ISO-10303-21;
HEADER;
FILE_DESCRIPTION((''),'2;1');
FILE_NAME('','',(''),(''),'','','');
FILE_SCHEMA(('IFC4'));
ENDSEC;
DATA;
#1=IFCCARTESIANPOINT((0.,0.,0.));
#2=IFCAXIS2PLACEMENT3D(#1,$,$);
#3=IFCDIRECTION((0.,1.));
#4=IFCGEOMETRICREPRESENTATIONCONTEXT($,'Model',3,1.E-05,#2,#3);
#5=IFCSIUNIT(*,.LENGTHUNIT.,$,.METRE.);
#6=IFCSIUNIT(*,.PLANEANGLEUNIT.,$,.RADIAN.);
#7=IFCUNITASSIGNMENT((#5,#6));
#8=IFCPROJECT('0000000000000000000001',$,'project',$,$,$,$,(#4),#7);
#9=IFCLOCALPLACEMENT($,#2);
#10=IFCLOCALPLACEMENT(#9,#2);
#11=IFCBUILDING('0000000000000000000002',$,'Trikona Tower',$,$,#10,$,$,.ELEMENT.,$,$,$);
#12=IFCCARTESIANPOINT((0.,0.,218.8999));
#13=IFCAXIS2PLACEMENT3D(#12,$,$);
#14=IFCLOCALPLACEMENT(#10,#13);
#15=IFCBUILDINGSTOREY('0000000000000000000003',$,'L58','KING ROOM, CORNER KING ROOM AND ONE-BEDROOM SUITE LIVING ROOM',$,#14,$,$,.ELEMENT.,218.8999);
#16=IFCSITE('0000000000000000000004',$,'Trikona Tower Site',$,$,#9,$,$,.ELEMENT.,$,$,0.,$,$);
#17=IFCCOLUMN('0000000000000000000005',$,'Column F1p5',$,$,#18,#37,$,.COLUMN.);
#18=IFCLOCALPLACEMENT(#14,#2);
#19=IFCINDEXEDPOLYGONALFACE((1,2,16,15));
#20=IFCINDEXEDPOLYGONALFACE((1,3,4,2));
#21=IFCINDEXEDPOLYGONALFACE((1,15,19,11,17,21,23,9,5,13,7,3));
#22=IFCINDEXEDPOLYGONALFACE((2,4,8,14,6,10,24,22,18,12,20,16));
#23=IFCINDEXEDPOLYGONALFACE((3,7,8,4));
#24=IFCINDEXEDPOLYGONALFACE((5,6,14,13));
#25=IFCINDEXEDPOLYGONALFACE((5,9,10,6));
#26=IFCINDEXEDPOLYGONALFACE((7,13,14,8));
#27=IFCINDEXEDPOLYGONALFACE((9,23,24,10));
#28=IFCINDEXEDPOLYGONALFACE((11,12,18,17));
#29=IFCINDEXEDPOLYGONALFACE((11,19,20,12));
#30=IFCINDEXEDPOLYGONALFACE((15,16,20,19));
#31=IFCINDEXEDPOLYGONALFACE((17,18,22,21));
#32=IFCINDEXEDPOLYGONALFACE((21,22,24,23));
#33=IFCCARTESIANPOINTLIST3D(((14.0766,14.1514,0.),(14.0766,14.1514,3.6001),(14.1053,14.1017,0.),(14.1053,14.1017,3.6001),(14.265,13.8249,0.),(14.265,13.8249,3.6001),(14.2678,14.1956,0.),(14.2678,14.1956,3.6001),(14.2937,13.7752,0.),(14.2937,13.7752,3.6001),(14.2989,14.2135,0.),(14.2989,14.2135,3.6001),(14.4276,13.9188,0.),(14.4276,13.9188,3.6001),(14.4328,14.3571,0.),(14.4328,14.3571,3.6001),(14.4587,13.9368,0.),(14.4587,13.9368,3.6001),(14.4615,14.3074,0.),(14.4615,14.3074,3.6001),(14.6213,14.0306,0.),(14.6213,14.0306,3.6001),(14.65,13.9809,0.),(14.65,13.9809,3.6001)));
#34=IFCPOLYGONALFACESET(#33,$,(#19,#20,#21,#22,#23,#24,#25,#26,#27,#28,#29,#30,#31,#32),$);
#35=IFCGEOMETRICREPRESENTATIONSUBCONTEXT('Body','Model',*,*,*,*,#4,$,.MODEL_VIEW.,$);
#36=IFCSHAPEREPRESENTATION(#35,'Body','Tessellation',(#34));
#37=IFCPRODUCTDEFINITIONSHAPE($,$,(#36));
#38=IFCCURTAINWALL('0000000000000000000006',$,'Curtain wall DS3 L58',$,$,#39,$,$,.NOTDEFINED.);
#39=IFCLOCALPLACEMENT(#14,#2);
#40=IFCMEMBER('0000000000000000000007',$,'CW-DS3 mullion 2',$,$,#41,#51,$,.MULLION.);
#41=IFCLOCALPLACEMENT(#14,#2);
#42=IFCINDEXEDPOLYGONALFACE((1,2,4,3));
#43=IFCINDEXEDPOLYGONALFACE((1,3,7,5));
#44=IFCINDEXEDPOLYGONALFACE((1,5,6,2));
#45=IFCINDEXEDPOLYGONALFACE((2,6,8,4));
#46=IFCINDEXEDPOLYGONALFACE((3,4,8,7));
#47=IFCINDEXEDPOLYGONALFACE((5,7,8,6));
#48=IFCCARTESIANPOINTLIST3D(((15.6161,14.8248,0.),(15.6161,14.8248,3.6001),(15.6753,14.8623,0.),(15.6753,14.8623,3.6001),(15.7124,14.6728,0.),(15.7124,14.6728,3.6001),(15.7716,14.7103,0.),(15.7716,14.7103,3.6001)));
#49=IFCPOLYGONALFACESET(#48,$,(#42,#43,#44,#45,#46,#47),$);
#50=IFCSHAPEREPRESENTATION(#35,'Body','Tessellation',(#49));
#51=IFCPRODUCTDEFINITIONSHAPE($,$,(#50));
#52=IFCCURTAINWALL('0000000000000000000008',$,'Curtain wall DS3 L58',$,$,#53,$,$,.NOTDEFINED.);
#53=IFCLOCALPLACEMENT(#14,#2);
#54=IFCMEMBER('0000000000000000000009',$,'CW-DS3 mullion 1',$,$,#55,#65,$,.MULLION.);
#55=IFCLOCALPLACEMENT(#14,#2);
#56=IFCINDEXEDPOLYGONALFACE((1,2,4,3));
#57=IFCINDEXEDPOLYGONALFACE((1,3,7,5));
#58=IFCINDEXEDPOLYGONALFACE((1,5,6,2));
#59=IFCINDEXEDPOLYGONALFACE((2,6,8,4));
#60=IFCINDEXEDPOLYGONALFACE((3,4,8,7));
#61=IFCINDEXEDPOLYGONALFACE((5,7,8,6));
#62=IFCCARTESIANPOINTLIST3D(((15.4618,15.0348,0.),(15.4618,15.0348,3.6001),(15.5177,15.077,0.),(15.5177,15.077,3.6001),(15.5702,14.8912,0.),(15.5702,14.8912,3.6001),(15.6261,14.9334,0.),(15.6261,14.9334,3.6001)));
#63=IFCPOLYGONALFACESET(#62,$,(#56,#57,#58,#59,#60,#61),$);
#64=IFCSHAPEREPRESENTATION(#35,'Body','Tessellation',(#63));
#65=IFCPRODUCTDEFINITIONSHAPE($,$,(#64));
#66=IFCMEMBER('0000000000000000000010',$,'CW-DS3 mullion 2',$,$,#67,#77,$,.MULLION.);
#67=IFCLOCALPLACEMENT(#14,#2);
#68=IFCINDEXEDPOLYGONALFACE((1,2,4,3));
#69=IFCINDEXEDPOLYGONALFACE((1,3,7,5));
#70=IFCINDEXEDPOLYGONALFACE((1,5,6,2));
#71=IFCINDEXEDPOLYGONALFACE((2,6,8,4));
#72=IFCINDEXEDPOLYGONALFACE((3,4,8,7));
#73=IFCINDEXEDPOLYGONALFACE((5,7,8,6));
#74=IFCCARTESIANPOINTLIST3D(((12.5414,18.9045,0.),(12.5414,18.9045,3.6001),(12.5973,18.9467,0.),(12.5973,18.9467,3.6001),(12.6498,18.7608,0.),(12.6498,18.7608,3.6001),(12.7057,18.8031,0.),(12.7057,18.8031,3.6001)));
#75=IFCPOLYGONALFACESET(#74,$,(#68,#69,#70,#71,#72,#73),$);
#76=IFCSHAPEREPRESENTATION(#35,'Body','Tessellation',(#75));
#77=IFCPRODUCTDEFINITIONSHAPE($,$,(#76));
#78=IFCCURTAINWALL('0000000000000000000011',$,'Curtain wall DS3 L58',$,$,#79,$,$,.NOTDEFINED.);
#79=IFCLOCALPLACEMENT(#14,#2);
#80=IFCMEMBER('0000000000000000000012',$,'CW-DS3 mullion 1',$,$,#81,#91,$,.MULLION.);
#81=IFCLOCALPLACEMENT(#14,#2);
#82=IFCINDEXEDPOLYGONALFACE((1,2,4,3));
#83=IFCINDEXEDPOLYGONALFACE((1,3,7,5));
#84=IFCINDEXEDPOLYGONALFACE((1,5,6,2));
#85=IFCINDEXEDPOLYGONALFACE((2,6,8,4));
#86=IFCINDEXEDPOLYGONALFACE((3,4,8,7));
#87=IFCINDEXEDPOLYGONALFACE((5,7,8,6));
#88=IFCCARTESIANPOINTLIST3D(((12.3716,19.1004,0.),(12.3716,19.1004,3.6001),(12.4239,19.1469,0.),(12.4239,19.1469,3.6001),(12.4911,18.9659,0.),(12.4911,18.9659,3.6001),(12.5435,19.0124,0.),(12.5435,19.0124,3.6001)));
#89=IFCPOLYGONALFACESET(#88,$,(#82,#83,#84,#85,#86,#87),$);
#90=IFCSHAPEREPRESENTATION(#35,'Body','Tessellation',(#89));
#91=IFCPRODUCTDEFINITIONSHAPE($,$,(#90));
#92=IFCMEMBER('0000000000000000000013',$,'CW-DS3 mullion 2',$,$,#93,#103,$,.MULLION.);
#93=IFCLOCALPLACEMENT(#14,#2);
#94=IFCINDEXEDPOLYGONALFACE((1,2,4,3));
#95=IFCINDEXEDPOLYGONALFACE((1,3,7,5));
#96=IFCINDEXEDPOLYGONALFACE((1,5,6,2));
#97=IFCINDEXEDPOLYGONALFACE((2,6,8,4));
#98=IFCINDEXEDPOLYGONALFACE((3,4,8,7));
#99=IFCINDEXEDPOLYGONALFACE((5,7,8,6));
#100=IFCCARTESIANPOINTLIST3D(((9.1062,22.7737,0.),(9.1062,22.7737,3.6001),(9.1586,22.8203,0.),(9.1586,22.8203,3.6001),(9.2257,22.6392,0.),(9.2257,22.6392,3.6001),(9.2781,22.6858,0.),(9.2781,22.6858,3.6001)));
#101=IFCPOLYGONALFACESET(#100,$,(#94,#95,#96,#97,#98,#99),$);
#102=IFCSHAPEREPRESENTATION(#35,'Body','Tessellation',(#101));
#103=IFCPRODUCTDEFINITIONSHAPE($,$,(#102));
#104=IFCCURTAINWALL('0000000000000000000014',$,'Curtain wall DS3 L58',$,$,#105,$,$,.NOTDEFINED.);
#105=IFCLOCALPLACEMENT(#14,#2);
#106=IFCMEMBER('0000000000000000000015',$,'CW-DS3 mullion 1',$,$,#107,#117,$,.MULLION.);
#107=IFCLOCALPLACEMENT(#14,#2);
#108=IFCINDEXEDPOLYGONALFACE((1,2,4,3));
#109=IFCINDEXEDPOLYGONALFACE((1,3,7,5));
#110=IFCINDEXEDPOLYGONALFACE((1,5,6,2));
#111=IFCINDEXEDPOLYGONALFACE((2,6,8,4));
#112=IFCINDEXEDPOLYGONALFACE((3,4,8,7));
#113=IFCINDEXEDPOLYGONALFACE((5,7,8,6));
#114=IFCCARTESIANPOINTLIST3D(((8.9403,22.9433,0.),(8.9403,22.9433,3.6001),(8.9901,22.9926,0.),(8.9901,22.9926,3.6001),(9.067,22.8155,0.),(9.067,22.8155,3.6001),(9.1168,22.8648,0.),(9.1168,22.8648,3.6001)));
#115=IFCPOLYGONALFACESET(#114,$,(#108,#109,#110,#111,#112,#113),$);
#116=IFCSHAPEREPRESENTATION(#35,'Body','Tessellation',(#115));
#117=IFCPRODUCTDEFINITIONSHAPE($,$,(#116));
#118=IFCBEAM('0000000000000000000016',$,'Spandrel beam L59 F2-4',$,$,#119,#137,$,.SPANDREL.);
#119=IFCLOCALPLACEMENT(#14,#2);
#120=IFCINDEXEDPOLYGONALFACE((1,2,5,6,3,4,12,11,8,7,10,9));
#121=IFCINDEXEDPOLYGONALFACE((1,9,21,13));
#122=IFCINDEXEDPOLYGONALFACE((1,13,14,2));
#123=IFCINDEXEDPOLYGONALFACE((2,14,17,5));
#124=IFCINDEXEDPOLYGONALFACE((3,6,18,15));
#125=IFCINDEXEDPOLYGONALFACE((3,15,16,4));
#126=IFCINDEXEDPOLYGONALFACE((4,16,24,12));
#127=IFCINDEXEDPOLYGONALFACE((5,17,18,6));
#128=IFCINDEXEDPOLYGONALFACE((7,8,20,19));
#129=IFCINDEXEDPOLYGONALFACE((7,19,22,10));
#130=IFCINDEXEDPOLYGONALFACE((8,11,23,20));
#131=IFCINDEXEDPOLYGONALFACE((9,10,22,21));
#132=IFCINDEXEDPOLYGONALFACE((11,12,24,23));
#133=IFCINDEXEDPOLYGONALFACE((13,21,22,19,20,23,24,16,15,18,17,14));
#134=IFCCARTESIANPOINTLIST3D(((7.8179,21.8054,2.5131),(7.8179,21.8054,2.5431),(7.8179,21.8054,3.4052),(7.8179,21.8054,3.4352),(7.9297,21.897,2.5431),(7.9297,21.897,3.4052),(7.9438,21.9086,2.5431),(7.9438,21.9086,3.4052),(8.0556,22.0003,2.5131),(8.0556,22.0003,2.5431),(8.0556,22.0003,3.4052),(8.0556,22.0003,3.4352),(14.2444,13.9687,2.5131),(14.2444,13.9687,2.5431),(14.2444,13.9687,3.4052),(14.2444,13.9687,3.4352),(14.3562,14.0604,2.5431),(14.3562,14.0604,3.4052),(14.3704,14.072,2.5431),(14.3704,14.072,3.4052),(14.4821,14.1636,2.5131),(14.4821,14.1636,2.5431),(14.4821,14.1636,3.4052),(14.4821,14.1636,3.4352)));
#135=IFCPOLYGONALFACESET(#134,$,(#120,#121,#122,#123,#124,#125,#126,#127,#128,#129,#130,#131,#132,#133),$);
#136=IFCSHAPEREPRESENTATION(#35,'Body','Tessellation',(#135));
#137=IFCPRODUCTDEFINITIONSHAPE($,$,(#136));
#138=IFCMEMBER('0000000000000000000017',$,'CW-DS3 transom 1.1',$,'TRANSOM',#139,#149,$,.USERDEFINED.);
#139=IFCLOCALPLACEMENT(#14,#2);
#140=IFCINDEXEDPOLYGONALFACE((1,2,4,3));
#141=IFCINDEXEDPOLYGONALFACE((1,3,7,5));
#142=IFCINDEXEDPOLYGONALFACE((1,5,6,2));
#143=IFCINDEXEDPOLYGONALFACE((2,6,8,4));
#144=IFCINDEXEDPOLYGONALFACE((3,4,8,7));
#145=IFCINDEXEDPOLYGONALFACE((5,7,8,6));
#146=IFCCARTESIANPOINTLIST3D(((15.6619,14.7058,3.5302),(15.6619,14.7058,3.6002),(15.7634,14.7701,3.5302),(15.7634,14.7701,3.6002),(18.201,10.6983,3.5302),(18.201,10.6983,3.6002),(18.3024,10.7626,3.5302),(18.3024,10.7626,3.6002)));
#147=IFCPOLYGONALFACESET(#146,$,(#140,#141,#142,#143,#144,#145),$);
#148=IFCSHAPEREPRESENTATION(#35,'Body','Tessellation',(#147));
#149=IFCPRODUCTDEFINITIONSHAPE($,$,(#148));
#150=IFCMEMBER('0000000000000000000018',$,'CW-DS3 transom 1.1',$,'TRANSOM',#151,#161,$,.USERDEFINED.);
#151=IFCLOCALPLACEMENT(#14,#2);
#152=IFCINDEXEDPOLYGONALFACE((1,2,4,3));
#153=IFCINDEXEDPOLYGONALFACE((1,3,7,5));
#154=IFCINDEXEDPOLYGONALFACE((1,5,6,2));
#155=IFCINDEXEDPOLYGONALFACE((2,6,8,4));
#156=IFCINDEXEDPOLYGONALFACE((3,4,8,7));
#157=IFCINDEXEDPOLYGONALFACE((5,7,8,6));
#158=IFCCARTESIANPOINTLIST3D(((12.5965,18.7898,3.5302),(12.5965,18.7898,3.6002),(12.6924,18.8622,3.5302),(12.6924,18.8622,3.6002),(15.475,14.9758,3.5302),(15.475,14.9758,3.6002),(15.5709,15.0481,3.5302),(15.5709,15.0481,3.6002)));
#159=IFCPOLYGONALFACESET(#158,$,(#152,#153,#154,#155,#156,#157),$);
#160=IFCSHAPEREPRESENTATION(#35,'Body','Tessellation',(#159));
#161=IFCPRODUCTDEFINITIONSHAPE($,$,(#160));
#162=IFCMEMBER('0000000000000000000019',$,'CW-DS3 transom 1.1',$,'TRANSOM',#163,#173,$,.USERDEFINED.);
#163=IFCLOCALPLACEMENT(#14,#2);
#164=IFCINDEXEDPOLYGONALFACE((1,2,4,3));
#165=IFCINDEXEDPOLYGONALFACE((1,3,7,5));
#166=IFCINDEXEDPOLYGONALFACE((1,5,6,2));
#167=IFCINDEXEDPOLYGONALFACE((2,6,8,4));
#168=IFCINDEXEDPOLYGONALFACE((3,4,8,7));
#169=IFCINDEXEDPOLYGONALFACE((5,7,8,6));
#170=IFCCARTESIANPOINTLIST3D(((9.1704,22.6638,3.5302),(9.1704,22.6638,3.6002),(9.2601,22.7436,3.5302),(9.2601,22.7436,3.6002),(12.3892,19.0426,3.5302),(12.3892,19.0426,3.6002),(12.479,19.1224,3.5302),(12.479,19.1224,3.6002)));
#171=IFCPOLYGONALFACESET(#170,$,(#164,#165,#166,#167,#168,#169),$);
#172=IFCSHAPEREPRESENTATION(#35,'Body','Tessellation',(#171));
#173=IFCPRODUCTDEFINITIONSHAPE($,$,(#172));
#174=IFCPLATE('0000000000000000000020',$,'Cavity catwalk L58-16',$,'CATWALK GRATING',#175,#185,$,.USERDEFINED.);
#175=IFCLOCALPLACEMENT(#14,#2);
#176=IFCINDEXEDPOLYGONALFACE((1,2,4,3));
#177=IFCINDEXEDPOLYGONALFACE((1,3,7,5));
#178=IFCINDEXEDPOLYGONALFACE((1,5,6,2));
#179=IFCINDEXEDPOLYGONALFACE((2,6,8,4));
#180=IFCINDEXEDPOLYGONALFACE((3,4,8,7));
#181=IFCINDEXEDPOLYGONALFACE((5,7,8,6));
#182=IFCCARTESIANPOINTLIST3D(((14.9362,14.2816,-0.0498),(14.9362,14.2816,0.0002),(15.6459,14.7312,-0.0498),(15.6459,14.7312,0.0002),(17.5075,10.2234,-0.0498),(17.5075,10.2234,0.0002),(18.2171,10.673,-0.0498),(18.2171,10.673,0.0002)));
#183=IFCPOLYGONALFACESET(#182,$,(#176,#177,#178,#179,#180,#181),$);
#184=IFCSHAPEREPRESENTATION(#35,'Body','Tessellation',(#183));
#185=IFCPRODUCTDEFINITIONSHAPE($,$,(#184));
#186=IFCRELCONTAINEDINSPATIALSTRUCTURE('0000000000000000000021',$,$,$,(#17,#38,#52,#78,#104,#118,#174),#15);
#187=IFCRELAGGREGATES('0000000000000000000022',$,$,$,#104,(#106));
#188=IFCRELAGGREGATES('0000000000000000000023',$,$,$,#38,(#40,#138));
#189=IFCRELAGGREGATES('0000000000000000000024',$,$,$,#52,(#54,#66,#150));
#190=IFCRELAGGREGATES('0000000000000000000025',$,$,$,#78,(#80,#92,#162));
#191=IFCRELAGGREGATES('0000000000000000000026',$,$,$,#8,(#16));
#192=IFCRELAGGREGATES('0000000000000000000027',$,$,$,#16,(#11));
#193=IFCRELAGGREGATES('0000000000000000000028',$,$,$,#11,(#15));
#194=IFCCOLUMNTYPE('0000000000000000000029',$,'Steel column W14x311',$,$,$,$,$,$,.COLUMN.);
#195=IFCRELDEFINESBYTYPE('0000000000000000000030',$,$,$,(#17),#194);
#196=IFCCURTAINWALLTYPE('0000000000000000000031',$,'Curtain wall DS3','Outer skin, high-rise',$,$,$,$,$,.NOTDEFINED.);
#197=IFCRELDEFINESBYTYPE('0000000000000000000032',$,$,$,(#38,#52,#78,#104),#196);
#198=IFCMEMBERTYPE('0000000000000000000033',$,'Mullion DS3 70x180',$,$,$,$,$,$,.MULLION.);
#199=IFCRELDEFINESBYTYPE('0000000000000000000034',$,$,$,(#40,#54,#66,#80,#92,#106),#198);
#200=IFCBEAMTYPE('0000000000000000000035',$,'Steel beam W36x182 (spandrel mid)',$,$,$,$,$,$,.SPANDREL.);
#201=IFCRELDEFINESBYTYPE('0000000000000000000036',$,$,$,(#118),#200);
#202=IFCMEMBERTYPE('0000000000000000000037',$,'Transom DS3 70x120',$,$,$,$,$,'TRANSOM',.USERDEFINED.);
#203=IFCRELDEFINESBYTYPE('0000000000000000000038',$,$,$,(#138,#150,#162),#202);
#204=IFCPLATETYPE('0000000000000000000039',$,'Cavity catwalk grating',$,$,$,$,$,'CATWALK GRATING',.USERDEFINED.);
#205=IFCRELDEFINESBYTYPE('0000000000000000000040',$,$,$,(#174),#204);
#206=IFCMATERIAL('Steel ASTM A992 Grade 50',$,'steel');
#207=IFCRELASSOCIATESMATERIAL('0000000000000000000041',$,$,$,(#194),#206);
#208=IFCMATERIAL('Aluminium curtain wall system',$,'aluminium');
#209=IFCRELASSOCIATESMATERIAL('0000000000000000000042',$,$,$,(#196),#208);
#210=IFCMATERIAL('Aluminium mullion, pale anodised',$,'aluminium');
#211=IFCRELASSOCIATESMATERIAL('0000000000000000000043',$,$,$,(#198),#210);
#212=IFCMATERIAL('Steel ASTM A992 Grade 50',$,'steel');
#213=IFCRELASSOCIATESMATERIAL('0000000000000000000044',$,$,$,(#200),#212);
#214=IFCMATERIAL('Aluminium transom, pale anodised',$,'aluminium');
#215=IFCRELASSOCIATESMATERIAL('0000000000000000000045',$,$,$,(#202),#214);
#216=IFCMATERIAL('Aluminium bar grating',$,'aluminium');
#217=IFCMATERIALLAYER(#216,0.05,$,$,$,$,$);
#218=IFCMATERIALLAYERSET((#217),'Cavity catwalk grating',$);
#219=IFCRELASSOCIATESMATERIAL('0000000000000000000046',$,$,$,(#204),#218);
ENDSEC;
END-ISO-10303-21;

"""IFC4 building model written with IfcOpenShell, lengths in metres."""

from ifc_helpers import new_model, si_unit, direction, frame, origin, origin_2d, place, context, subcontext, project, spatial, rectangle, i_section, extrude, material, layer, layer_set, material_profile, profile_set, type_object, element, aggregate, save


model = new_model("IFC4")

# Units and contexts
model_context = context("Model", 3, precision=1e-05, world=origin(), true_north=direction((0.0, 1.0)))
body_context = subcontext(model_context, "Body", "Model", "MODEL_VIEW")
ifc_project = project(units=[si_unit("LENGTHUNIT", "METRE"), si_unit("PLANEANGLEUNIT", "RADIAN")], contexts=[model_context])

# Site, building, storey
site_placement = place(None, origin())
site = spatial("IfcSite", under=ifc_project, at=site_placement, Name="Trikona Tower Site", CompositionType="ELEMENT", RefElevation=0.0)
building_placement = place(site_placement, origin())
building = spatial("IfcBuilding", under=site, at=building_placement, Name="Trikona Tower", CompositionType="ELEMENT")
storey_placement = place(building_placement, frame((0.0, 0.0, 218.8999)))
storey = spatial("IfcBuildingStorey", under=building, at=storey_placement, Name="L58", Description="KING ROOM, CORNER KING ROOM AND ONE-BEDROOM SUITE LIVING ROOM", CompositionType="ELEMENT", Elevation=218.8999)

# Column
ifc_material_1 = material(Name="Steel ASTM A992 Grade 50", Category="steel")
ifc_material_profile_1 = material_profile(ifc_material_1, i_section(OverallWidth=0.4114, OverallDepth=0.4343, WebThickness=0.0359, FlangeThickness=0.0574, at=origin_2d()), Name="W14X311")
ifc_profile_set_1 = profile_set([ifc_material_profile_1], Name="Steel ASTM A992 Grade 50")
column_type = type_object("IfcColumnType", Name="Steel column W14x311", PredefinedType="COLUMN", material=ifc_profile_set_1)
column_placement = place(storey_placement, frame((14.3633, 14.0662, 0.0), z_axis=(0.0, 0.0, 1.0), x_axis=(0.866025, 0.5, 0.0)))
element("IfcColumn", 1, at=column_placement, inside=storey, type_object=column_type, Name="Column F1p5", PredefinedType="COLUMN", context=body_context, shape_type="SweptSolid", body=[
    extrude(i_section(OverallWidth=0.4114, OverallDepth=0.4343, WebThickness=0.0359, FlangeThickness=0.0574, at=origin_2d()), origin(), (0.0, 0.0, 1.0), 3.6001),
])

# Curtain wall, member
ifc_material_2 = material(Name="Aluminium curtain wall system", Category="aluminium")
curtain_wall_type = type_object("IfcCurtainWallType", Name="Curtain wall DS3", Description="Outer skin, high-rise", PredefinedType="NOTDEFINED", material=ifc_material_2)
curtain_wall_1_placement = place(storey_placement, origin())
curtain_wall_1 = element("IfcCurtainWall", 2, at=curtain_wall_1_placement, inside=storey, type_object=curtain_wall_type, Name="Curtain wall DS3 L58", PredefinedType="NOTDEFINED")
ifc_material_3 = material(Name="Aluminium mullion, pale anodised", Category="aluminium")
ifc_material_profile_2 = material_profile(ifc_material_3, rectangle(XDim=0.0701, YDim=0.1799, at=origin_2d()), Name="MUL-DS3")
ifc_profile_set_2 = profile_set([ifc_material_profile_2], Name="Aluminium mullion, pale anodised")
member_type_1 = type_object("IfcMemberType", Name="Mullion DS3 70x180", PredefinedType="MULLION", material=ifc_profile_set_2)
member_1_placement = place(storey_placement, frame((15.6938, 14.7676, 0.0), z_axis=(0.0, 0.0, 1.0), x_axis=(-0.844727, -0.535197, 0.0)))
member_1 = element("IfcMember", 3, at=member_1_placement, type_object=member_type_1, Name="CW-DS3 mullion 2", PredefinedType="MULLION", context=body_context, shape_type="SweptSolid", body=[
    extrude(rectangle(XDim=0.0701, YDim=0.1799, at=origin_2d()), origin(), (0.0, 0.0, 1.0), 3.6001),
])

# Curtain walls, members
curtain_wall_2_placement = place(storey_placement, origin())
curtain_wall_2 = element("IfcCurtainWall", 4, at=curtain_wall_2_placement, inside=storey, type_object=curtain_wall_type, Name="Curtain wall DS3 L58", PredefinedType="NOTDEFINED")
member_2_placement = place(storey_placement, frame((15.5439, 14.9841, 0.0), z_axis=(0.0, 0.0, 1.0), x_axis=(-0.798193, -0.602402, 0.0)))
member_2 = element("IfcMember", 5, at=member_2_placement, type_object=member_type_1, Name="CW-DS3 mullion 1", PredefinedType="MULLION", context=body_context, shape_type="SweptSolid", body=[
    extrude(rectangle(XDim=0.0701, YDim=0.1799, at=origin_2d()), origin(), (0.0, 0.0, 1.0), 3.6001),
])
member_3_placement = place(storey_placement, frame((12.6235, 18.8538, 0.0), z_axis=(0.0, 0.0, 1.0), x_axis=(-0.798193, -0.602402, 0.0)))
member_3 = element("IfcMember", 6, at=member_3_placement, type_object=member_type_1, Name="CW-DS3 mullion 2", PredefinedType="MULLION", context=body_context, shape_type="SweptSolid", body=[
    extrude(rectangle(XDim=0.0701, YDim=0.1799, at=origin_2d()), origin(), (0.0, 0.0, 1.0), 3.6001),
])
curtain_wall_3_placement = place(storey_placement, origin())
curtain_wall_3 = element("IfcCurtainWall", 7, at=curtain_wall_3_placement, inside=storey, type_object=curtain_wall_type, Name="Curtain wall DS3 L58", PredefinedType="NOTDEFINED")
member_4_placement = place(storey_placement, frame((12.4575, 19.0564, 0.0), z_axis=(0.0, 0.0, 1.0), x_axis=(-0.747403, -0.664371, 0.0)))
member_4 = element("IfcMember", 8, at=member_4_placement, type_object=member_type_1, Name="CW-DS3 mullion 1", PredefinedType="MULLION", context=body_context, shape_type="SweptSolid", body=[
    extrude(rectangle(XDim=0.0701, YDim=0.1799, at=origin_2d()), origin(), (0.0, 0.0, 1.0), 3.6001),
])
member_5_placement = place(storey_placement, frame((9.1921, 22.7297, 0.0), z_axis=(0.0, 0.0, 1.0), x_axis=(-0.747403, -0.664371, 0.0)))
member_5 = element("IfcMember", 9, at=member_5_placement, type_object=member_type_1, Name="CW-DS3 mullion 2", PredefinedType="MULLION", context=body_context, shape_type="SweptSolid", body=[
    extrude(rectangle(XDim=0.0701, YDim=0.1799, at=origin_2d()), origin(), (0.0, 0.0, 1.0), 3.6001),
])

# Curtain wall, member
curtain_wall_4_placement = place(storey_placement, origin())
curtain_wall_4 = element("IfcCurtainWall", 10, at=curtain_wall_4_placement, inside=storey, type_object=curtain_wall_type, Name="Curtain wall DS3 L58", PredefinedType="NOTDEFINED")
member_6_placement = place(storey_placement, frame((9.0286, 22.9041, 0.0), z_axis=(0.0, 0.0, 1.0), x_axis=(-0.710052, -0.704149, 0.0)))
member_6 = element("IfcMember", 11, at=member_6_placement, type_object=member_type_1, Name="CW-DS3 mullion 1", PredefinedType="MULLION", context=body_context, shape_type="SweptSolid", body=[
    extrude(rectangle(XDim=0.0701, YDim=0.1799, at=origin_2d()), origin(), (0.0, 0.0, 1.0), 3.6001),
])
aggregate(curtain_wall_4, [member_6])

# Beam
ifc_material_4 = material(Name="Steel ASTM A992 Grade 50", Category="steel")
ifc_material_profile_3 = material_profile(ifc_material_4, i_section(OverallWidth=0.3074, OverallDepth=0.9221, WebThickness=0.0183, FlangeThickness=0.03, at=origin_2d()), Name="W36X182")
ifc_profile_set_3 = profile_set([ifc_material_profile_3], Name="Steel ASTM A992 Grade 50")
beam_type = type_object("IfcBeamType", Name="Steel beam W36x182 (spandrel mid)", PredefinedType="SPANDREL", material=ifc_profile_set_3)
beam_placement = place(storey_placement, frame((14.3633, 14.0662, 2.9741), z_axis=(-0.634106, 0.773246, 0.0), x_axis=(-0.773246, -0.634106, 0.0)))
element("IfcBeam", 12, at=beam_placement, inside=storey, type_object=beam_type, Name="Spandrel beam L59 F2-4", PredefinedType="SPANDREL", context=body_context, shape_type="SweptSolid", body=[
    extrude(i_section(OverallWidth=0.3074, OverallDepth=0.9221, WebThickness=0.0183, FlangeThickness=0.03, at=origin_2d()), origin(), (0.0, 0.0, 1.0), 10.1348),
])

# Members
ifc_material_5 = material(Name="Aluminium transom, pale anodised", Category="aluminium")
ifc_material_profile_4 = material_profile(ifc_material_5, rectangle(XDim=0.1201, YDim=0.0701, at=origin_2d()), Name="TRN-DS3")
ifc_profile_set_4 = profile_set([ifc_material_profile_4], Name="Aluminium transom, pale anodised")
member_type_2 = type_object("IfcMemberType", Name="Transom DS3 70x120", ElementType="TRANSOM", PredefinedType="USERDEFINED", material=ifc_profile_set_4)
member_7_placement = place(storey_placement, frame((18.2517, 10.7305, 3.5652), z_axis=(-0.535193, 0.84473, 0.0), x_axis=(-0.84473, -0.535193, 0.0)))
member_7 = element("IfcMember", 13, at=member_7_placement, type_object=member_type_2, Name="CW-DS3 transom 1.1", ObjectType="TRANSOM", PredefinedType="USERDEFINED", context=body_context, shape_type="SweptSolid", body=[
    extrude(rectangle(XDim=0.1201, YDim=0.0701, at=origin_2d()), origin(), (0.0, 0.0, 1.0), 4.7441),
])
member_8_placement = place(storey_placement, frame((15.5229, 15.012, 3.5652), z_axis=(-0.602401, 0.798194, 0.0), x_axis=(-0.798194, -0.602401, 0.0)))
member_8 = element("IfcMember", 14, at=member_8_placement, type_object=member_type_2, Name="CW-DS3 transom 1.1", ObjectType="TRANSOM", PredefinedType="USERDEFINED", context=body_context, shape_type="SweptSolid", body=[
    extrude(rectangle(XDim=0.1201, YDim=0.0701, at=origin_2d()), origin(), (0.0, 0.0, 1.0), 4.7783),
])
member_9_placement = place(storey_placement, frame((12.4341, 19.0825, 3.5652), z_axis=(-0.664364, 0.747409, 0.0), x_axis=(-0.747409, -0.664364, 0.0)))
member_9 = element("IfcMember", 15, at=member_9_placement, type_object=member_type_2, Name="CW-DS3 transom 1.1", ObjectType="TRANSOM", PredefinedType="USERDEFINED", context=body_context, shape_type="SweptSolid", body=[
    extrude(rectangle(XDim=0.1201, YDim=0.0701, at=origin_2d()), origin(), (0.0, 0.0, 1.0), 4.845),
])

# Plate
ifc_material_6 = material(Name="Aluminium bar grating", Category="aluminium")
ifc_layer_1 = layer(ifc_material_6, 0.05)
ifc_layer_set_1 = layer_set([ifc_layer_1], Name="Cavity catwalk grating")
plate_type_1 = type_object("IfcPlateType", Name="Cavity catwalk grating", ElementType="CATWALK GRATING", PredefinedType="USERDEFINED", material=ifc_layer_set_1)
plate_1_placement = place(storey_placement, frame((16.5767, 12.4773, -0.0498), z_axis=(0.0, 0.0, 1.0), x_axis=(-0.535205, 0.844722, 0.0)))
element("IfcPlate", 16, at=plate_1_placement, inside=storey, type_object=plate_type_1, Name="Cavity catwalk L58-16", ObjectType="CATWALK GRATING", PredefinedType="USERDEFINED", context=body_context, shape_type="SweptSolid", body=[
    extrude(rectangle(XDim=4.8042, YDim=0.8401, at=origin_2d()), origin(), (0.0, 0.0, 1.0), 0.05),
])

aggregate(curtain_wall_1, [member_1, member_7])
aggregate(curtain_wall_2, [member_2, member_3, member_8])
aggregate(curtain_wall_3, [member_4, member_5, member_9])

save(model, "model.ifc")
